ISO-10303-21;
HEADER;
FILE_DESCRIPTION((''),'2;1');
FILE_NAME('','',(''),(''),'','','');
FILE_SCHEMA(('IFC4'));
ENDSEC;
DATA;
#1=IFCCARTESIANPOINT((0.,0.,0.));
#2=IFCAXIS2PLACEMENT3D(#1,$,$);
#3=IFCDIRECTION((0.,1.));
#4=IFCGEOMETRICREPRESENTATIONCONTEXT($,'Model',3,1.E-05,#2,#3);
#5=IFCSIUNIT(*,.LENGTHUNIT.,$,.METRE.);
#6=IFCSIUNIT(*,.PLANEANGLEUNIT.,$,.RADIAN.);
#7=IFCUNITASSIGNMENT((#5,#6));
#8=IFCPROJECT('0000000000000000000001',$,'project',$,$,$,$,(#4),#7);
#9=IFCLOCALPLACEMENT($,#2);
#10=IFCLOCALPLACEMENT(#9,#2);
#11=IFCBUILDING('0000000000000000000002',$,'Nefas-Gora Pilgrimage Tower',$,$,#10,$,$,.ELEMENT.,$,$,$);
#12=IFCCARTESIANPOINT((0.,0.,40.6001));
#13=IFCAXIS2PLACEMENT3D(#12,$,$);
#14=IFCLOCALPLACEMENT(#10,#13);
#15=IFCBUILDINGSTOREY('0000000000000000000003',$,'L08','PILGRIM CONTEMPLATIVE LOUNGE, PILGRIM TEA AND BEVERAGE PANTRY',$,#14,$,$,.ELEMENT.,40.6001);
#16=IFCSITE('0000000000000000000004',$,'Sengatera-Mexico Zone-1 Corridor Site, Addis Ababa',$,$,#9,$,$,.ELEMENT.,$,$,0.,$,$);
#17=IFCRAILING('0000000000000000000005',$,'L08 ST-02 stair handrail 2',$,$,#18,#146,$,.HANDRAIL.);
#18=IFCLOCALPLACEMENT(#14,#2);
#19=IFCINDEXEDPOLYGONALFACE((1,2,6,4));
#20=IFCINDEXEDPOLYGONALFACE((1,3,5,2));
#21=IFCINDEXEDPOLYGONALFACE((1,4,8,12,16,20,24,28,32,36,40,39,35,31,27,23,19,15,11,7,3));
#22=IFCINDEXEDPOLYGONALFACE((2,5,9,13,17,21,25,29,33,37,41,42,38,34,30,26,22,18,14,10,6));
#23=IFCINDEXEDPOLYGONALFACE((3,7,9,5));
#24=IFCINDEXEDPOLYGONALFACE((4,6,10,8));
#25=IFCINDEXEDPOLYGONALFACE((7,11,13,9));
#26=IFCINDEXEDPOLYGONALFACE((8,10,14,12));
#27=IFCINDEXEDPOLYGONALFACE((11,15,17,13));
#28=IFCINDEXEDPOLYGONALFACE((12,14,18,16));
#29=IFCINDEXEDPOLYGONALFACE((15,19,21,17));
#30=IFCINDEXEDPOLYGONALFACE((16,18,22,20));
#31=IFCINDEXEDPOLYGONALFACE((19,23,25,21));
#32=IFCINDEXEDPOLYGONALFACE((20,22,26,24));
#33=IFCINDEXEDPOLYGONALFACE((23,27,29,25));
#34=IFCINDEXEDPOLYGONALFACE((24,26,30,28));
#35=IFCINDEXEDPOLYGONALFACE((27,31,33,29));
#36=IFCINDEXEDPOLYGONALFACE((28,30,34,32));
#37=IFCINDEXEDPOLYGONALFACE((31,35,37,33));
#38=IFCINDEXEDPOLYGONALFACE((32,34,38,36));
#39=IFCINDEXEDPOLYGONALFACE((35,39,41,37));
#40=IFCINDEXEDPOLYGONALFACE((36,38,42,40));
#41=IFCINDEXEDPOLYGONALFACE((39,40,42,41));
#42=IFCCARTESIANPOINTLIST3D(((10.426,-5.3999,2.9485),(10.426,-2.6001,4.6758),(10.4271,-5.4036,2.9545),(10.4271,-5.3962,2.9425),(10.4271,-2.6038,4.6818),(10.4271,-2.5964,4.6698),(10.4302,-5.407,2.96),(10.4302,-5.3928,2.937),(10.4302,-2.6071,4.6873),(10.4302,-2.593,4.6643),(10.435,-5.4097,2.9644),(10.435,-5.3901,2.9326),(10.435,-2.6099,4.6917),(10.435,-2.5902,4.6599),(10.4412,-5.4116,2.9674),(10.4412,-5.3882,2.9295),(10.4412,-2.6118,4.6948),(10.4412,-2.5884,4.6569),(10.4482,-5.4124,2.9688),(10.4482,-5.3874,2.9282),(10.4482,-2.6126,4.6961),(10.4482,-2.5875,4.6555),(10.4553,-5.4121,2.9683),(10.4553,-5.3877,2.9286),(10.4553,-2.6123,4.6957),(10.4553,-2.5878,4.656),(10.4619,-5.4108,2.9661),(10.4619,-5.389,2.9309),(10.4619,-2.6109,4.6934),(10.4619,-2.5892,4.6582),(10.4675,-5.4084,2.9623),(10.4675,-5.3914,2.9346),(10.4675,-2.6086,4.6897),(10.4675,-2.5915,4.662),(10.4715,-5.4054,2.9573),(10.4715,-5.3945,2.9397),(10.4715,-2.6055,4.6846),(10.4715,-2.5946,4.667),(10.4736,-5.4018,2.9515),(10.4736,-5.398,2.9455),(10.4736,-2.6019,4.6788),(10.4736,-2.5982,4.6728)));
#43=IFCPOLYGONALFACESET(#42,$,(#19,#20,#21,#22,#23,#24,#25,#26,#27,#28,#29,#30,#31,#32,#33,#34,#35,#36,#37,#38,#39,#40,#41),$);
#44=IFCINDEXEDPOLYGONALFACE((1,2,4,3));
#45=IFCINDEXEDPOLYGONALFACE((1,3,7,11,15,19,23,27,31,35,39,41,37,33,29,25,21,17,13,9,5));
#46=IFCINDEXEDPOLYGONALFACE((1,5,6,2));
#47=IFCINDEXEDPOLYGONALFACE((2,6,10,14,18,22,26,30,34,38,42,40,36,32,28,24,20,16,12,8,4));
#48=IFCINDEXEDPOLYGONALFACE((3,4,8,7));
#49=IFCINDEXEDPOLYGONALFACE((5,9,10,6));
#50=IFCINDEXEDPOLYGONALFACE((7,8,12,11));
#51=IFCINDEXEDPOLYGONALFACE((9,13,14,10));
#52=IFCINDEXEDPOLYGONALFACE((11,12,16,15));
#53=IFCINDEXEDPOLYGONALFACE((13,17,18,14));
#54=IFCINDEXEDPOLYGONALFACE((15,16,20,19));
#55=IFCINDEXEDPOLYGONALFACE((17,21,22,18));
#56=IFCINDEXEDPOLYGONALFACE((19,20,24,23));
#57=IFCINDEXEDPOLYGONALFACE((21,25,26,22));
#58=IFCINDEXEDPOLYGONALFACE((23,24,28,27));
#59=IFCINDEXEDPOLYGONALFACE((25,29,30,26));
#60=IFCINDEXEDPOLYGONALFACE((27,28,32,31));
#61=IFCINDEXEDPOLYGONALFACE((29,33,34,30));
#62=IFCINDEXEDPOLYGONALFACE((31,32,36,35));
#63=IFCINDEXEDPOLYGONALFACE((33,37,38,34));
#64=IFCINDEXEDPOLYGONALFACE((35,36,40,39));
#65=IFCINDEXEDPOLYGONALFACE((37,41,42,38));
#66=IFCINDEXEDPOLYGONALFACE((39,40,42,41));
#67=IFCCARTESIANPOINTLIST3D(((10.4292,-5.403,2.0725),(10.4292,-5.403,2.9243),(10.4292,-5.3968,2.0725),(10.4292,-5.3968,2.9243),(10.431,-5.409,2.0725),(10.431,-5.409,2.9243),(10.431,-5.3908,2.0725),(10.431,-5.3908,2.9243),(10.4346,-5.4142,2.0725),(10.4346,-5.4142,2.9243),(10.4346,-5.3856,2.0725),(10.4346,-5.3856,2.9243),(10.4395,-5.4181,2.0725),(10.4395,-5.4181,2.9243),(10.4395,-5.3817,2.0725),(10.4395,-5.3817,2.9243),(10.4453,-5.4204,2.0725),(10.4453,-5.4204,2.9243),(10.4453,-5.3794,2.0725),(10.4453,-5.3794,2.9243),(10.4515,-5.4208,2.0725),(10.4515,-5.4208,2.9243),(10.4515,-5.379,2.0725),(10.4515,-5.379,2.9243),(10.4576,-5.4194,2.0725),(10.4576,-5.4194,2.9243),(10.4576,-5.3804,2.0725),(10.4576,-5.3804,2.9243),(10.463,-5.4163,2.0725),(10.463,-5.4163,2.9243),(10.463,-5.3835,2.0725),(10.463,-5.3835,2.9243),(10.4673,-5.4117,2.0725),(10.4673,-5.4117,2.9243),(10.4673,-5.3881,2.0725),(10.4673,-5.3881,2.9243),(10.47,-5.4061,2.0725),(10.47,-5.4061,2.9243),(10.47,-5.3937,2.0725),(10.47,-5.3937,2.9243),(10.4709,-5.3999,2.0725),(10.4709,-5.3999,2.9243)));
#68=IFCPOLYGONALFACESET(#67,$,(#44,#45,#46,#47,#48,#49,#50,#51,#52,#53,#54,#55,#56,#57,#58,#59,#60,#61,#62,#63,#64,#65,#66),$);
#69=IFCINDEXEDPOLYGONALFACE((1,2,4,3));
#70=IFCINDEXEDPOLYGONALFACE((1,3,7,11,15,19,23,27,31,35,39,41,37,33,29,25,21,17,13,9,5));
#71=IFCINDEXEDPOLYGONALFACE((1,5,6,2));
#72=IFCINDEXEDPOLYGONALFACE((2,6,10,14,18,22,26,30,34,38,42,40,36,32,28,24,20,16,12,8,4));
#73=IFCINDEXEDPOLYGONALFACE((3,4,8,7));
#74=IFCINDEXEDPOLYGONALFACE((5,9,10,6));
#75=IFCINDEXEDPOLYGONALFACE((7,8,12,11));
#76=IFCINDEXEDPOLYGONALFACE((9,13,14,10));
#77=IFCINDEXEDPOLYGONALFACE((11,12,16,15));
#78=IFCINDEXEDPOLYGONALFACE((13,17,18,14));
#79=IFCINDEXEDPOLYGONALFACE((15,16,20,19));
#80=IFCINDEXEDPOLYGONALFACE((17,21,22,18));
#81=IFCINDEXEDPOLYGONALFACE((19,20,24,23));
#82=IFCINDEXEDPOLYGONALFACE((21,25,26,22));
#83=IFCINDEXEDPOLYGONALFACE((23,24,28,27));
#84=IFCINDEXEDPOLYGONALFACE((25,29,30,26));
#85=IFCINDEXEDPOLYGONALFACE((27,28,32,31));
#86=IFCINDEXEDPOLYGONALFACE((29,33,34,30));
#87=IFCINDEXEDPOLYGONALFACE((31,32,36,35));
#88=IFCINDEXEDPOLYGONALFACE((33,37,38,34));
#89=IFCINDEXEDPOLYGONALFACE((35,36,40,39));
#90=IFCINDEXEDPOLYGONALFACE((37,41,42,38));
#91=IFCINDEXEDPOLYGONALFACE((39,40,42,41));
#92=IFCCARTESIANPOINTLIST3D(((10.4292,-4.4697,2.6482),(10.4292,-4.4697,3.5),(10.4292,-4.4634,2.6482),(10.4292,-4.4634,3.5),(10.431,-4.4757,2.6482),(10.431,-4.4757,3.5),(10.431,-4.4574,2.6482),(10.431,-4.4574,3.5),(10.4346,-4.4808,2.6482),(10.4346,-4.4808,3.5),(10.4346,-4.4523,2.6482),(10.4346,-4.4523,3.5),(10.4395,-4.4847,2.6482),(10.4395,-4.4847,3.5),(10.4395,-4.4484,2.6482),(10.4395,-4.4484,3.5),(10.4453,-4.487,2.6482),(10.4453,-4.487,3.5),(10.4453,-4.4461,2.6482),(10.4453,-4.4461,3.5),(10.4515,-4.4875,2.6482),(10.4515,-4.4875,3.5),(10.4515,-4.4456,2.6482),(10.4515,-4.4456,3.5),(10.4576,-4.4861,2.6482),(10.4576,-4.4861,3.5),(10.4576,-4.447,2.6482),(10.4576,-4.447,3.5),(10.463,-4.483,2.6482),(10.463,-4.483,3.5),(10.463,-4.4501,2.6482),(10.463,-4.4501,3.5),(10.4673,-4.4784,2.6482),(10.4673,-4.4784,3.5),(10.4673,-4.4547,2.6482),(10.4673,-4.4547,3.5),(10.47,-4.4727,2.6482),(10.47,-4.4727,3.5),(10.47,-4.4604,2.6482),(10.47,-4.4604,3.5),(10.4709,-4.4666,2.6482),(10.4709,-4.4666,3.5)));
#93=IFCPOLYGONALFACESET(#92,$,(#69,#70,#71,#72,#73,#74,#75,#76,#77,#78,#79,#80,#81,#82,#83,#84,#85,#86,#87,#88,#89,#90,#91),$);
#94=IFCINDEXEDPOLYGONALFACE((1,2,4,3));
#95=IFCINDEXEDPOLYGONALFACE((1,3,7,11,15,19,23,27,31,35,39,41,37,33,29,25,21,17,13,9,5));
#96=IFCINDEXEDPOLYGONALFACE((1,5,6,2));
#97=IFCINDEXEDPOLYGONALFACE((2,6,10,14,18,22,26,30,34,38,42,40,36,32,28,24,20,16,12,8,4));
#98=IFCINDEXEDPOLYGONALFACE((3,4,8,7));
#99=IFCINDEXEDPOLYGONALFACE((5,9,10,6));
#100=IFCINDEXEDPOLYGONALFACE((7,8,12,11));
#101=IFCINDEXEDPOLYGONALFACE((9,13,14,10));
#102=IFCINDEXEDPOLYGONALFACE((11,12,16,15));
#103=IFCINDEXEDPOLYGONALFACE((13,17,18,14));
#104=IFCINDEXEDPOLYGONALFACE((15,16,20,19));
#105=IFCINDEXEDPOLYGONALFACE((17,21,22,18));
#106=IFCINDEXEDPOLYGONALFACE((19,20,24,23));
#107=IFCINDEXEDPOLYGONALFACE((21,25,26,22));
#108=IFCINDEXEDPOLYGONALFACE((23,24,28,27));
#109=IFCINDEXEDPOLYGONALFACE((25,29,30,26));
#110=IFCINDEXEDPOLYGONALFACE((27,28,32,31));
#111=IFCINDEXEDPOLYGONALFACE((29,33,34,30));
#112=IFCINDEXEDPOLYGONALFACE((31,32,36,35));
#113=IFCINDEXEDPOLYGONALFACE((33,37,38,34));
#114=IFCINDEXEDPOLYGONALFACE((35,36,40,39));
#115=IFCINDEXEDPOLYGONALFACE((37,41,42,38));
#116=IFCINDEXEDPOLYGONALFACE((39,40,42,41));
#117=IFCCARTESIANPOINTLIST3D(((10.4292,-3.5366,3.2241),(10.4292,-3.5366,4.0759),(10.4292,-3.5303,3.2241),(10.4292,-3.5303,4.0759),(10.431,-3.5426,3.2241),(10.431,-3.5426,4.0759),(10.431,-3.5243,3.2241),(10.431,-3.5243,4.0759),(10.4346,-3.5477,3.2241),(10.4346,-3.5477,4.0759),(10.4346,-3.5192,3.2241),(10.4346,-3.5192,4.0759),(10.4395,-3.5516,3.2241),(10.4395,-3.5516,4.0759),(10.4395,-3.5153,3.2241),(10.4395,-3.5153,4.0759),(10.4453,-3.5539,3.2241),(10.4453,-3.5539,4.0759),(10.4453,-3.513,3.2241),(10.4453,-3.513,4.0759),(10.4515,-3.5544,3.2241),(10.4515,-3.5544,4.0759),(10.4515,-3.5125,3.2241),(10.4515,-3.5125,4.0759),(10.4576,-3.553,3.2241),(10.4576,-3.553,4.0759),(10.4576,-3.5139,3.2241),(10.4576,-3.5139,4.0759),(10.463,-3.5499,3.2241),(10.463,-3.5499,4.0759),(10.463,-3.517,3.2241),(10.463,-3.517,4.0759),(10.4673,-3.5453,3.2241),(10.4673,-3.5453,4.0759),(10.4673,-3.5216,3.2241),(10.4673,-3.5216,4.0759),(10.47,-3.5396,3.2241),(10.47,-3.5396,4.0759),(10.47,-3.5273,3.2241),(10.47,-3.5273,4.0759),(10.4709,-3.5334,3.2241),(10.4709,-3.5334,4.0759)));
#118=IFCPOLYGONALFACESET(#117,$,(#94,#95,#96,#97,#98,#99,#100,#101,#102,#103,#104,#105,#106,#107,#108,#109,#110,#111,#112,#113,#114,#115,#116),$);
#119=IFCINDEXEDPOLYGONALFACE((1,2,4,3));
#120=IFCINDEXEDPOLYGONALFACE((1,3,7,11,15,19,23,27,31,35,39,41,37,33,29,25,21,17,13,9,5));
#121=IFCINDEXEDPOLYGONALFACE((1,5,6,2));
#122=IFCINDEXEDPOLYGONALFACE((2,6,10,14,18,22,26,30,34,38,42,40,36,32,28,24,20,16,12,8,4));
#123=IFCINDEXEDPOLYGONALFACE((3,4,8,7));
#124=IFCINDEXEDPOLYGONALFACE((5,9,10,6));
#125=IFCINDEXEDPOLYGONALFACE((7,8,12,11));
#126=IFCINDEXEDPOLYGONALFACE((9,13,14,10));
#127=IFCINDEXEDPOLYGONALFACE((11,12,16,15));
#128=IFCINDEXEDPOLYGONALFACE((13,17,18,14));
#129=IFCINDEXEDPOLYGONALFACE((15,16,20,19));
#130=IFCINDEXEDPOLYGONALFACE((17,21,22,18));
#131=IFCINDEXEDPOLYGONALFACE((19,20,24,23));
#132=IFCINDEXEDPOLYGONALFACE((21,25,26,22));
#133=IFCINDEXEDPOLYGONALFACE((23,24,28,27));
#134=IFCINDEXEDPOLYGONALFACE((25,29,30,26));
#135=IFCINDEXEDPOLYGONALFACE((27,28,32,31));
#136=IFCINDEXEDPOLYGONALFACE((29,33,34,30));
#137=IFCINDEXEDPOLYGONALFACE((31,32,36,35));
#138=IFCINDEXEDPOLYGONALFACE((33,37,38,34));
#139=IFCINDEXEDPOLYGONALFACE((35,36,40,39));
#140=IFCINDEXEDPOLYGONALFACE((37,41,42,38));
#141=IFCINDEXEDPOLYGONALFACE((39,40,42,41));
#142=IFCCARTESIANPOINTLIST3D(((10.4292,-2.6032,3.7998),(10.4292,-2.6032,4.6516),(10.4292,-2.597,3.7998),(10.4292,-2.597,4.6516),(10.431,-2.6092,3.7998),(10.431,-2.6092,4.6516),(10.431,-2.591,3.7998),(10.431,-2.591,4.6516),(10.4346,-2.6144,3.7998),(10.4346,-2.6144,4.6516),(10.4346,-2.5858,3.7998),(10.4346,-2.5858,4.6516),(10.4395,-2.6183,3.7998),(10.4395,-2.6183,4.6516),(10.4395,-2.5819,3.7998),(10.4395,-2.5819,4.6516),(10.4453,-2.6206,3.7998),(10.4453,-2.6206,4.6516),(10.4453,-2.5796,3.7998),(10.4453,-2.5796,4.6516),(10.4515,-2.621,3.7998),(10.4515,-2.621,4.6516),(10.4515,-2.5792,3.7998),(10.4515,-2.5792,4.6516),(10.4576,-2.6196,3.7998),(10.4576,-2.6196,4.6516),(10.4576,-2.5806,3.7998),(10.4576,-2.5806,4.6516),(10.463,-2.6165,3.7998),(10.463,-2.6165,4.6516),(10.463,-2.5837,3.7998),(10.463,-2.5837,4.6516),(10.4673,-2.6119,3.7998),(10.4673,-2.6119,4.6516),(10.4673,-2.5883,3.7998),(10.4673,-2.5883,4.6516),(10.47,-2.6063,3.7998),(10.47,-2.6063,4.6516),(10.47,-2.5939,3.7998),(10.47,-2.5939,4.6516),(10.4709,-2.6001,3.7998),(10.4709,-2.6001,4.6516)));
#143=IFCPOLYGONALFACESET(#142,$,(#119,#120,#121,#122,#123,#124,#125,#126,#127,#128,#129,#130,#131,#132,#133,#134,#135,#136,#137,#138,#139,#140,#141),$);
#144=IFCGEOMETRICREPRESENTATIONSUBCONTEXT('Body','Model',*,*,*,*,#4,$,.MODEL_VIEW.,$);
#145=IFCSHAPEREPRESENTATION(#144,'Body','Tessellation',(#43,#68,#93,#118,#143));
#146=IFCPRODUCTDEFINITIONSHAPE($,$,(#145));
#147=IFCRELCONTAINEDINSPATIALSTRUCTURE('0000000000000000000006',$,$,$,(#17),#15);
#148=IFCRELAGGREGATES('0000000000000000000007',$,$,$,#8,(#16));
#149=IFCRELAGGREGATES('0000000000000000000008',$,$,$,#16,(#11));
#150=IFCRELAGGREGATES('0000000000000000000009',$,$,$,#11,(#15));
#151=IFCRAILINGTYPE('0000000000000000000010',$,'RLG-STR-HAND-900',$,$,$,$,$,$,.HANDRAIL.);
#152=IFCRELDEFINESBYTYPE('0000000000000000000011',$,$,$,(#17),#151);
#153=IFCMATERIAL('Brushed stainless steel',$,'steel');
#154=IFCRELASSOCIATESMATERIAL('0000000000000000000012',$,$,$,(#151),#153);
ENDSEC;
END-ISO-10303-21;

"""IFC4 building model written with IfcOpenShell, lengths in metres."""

from ifc_helpers import new_model, si_unit, direction, frame, origin, origin_2d, place, context, subcontext, project, spatial, circle, extrude, material, type_object, element, save


model = new_model("IFC4")

# Units and contexts
model_context = context("Model", 3, precision=1e-05, world=origin(), true_north=direction((0.0, 1.0)))
body_context = subcontext(model_context, "Body", "Model", "MODEL_VIEW")
ifc_project = project(units=[si_unit("LENGTHUNIT", "METRE"), si_unit("PLANEANGLEUNIT", "RADIAN")], contexts=[model_context])

# Site, building, storey
site_placement = place(None, origin())
site = spatial("IfcSite", under=ifc_project, at=site_placement, Name="Sengatera-Mexico Zone-1 Corridor Site, Addis Ababa", CompositionType="ELEMENT", RefElevation=0.0)
building_placement = place(site_placement, origin())
building = spatial("IfcBuilding", under=site, at=building_placement, Name="Nefas-Gora Pilgrimage Tower", CompositionType="ELEMENT")
storey_placement = place(building_placement, frame((0.0, 0.0, 40.6001)))
storey = spatial("IfcBuildingStorey", under=building, at=storey_placement, Name="L08", Description="PILGRIM CONTEMPLATIVE LOUNGE, PILGRIM TEA AND BEVERAGE PANTRY", CompositionType="ELEMENT", Elevation=40.6001)

# Railing
ifc_material_1 = material(Name="Brushed stainless steel", Category="steel")
railing_type_1 = type_object("IfcRailingType", Name="RLG-STR-HAND-900", PredefinedType="HANDRAIL", material=ifc_material_1)
railing_1_placement = place(storey_placement, frame((10.45, -5.3999, 2.0725)))
element("IfcRailing", 1, at=railing_1_placement, inside=storey, type_object=railing_type_1, Name="L08 ST-02 stair handrail 2", PredefinedType="HANDRAIL", context=body_context, shape_type="SweptSolid", body=[
    extrude(circle(Radius=0.0239, at=origin_2d()), frame((0.0, 0.0, 0.876), z_axis=(0.0, 0.851069, 0.525054), x_axis=(-1.0, 0.0, 0.0)), (0.0, 0.0, 1.0), 3.2898),
    extrude(circle(Radius=0.021, at=origin_2d()), origin(), (0.0, 0.0, 1.0), 0.8518),
    extrude(circle(Radius=0.021, at=origin_2d()), frame((0.0, 0.9333, 0.5757)), (0.0, 0.0, 1.0), 0.8518),
    extrude(circle(Radius=0.021, at=origin_2d()), frame((0.0, 1.8665, 1.1516)), (0.0, 0.0, 1.0), 0.8518),
    extrude(circle(Radius=0.021, at=origin_2d()), frame((0.0, 2.7998, 1.7273)), (0.0, 0.0, 1.0), 0.8518),
])

save(model, "model.ifc")
